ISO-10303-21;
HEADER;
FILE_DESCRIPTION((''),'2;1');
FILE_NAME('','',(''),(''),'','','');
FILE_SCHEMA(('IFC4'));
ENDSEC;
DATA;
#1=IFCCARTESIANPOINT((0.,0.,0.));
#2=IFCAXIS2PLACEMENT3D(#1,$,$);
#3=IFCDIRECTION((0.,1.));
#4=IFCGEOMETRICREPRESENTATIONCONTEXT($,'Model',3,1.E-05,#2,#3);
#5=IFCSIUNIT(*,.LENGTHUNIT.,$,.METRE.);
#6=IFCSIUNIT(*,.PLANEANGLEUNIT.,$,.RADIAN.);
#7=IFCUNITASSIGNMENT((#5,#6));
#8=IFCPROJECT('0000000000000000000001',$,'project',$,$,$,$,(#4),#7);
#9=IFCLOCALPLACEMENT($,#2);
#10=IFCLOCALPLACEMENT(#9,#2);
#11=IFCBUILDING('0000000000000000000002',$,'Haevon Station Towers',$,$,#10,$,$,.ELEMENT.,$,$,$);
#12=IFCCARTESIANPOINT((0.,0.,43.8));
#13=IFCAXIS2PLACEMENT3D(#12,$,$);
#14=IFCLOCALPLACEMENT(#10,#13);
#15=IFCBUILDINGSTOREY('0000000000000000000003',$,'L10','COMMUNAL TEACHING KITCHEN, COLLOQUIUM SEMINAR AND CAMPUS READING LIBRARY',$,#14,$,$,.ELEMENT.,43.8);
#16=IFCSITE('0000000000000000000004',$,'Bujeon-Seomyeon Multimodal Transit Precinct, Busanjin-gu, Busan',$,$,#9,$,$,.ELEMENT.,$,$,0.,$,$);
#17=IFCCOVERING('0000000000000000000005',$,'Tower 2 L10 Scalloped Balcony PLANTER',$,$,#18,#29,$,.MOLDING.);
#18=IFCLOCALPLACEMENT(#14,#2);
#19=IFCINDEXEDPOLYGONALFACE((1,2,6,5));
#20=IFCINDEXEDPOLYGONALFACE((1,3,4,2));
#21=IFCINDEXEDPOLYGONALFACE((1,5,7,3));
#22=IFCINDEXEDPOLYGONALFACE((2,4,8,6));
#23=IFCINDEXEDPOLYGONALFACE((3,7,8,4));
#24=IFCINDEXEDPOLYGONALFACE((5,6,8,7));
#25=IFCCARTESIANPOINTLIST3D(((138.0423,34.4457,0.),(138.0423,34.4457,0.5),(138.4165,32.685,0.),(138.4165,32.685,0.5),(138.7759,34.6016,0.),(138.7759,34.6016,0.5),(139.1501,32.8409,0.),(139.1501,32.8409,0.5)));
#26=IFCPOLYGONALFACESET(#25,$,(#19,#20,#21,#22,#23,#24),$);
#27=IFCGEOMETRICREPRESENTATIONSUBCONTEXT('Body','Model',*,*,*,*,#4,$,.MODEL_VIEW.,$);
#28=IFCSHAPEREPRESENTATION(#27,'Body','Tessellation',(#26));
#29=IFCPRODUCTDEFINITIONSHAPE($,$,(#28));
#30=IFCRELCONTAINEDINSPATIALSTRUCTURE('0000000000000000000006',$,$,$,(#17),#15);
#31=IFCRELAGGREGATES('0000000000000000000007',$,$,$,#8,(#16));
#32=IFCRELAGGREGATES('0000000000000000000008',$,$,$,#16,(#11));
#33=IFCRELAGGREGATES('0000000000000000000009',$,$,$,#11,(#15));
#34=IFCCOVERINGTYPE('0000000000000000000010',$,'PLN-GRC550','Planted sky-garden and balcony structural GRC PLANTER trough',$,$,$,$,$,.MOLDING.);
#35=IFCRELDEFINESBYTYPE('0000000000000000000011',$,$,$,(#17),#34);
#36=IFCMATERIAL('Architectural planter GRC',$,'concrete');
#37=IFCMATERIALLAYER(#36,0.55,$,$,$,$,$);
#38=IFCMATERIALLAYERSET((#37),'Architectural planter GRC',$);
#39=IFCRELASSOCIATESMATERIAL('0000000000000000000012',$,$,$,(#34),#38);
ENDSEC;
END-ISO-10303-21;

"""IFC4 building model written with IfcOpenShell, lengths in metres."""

from ifc_helpers import new_model, si_unit, direction, frame, origin, origin_2d, place, context, subcontext, project, spatial, rectangle, extrude, material, layer, layer_set, type_object, element, save


model = new_model("IFC4")

# Units and contexts
model_context = context("Model", 3, precision=1e-05, world=origin(), true_north=direction((0.0, 1.0)))
body_context = subcontext(model_context, "Body", "Model", "MODEL_VIEW")
ifc_project = project(units=[si_unit("LENGTHUNIT", "METRE"), si_unit("PLANEANGLEUNIT", "RADIAN")], contexts=[model_context])

# Site, building, storey
site_placement = place(None, origin())
site = spatial("IfcSite", under=ifc_project, at=site_placement, Name="Bujeon-Seomyeon Multimodal Transit Precinct, Busanjin-gu, Busan", CompositionType="ELEMENT", RefElevation=0.0)
building_placement = place(site_placement, origin())
building = spatial("IfcBuilding", under=site, at=building_placement, Name="Haevon Station Towers", CompositionType="ELEMENT")
storey_placement = place(building_placement, frame((0.0, 0.0, 43.8)))
storey = spatial("IfcBuildingStorey", under=building, at=storey_placement, Name="L10", Description="COMMUNAL TEACHING KITCHEN, COLLOQUIUM SEMINAR AND CAMPUS READING LIBRARY", CompositionType="ELEMENT", Elevation=43.8)

# Covering
ifc_material_1 = material(Name="Architectural planter GRC", Category="concrete")
ifc_layer_1 = layer(ifc_material_1, 0.55)
ifc_layer_set_1 = layer_set([ifc_layer_1], Name="Architectural planter GRC")
covering_type = type_object("IfcCoveringType", Name="PLN-GRC550", Description="Planted sky-garden and balcony structural GRC PLANTER trough", PredefinedType="MOLDING", material=ifc_layer_set_1)
covering_placement = place(storey_placement, frame((138.5962, 33.6433, 0.0), z_axis=(0.0, 0.0, 1.0), x_axis=(0.978148, 0.207912, 0.0)))
element("IfcCovering", 1, at=covering_placement, inside=storey, type_object=covering_type, Name="Tower 2 L10 Scalloped Balcony PLANTER", PredefinedType="MOLDING", context=body_context, shape_type="SweptSolid", body=[
    extrude(rectangle(XDim=0.75, YDim=1.8, at=origin_2d()), origin(), (0.0, 0.0, 1.0), 0.5),
])

save(model, "model.ifc")
